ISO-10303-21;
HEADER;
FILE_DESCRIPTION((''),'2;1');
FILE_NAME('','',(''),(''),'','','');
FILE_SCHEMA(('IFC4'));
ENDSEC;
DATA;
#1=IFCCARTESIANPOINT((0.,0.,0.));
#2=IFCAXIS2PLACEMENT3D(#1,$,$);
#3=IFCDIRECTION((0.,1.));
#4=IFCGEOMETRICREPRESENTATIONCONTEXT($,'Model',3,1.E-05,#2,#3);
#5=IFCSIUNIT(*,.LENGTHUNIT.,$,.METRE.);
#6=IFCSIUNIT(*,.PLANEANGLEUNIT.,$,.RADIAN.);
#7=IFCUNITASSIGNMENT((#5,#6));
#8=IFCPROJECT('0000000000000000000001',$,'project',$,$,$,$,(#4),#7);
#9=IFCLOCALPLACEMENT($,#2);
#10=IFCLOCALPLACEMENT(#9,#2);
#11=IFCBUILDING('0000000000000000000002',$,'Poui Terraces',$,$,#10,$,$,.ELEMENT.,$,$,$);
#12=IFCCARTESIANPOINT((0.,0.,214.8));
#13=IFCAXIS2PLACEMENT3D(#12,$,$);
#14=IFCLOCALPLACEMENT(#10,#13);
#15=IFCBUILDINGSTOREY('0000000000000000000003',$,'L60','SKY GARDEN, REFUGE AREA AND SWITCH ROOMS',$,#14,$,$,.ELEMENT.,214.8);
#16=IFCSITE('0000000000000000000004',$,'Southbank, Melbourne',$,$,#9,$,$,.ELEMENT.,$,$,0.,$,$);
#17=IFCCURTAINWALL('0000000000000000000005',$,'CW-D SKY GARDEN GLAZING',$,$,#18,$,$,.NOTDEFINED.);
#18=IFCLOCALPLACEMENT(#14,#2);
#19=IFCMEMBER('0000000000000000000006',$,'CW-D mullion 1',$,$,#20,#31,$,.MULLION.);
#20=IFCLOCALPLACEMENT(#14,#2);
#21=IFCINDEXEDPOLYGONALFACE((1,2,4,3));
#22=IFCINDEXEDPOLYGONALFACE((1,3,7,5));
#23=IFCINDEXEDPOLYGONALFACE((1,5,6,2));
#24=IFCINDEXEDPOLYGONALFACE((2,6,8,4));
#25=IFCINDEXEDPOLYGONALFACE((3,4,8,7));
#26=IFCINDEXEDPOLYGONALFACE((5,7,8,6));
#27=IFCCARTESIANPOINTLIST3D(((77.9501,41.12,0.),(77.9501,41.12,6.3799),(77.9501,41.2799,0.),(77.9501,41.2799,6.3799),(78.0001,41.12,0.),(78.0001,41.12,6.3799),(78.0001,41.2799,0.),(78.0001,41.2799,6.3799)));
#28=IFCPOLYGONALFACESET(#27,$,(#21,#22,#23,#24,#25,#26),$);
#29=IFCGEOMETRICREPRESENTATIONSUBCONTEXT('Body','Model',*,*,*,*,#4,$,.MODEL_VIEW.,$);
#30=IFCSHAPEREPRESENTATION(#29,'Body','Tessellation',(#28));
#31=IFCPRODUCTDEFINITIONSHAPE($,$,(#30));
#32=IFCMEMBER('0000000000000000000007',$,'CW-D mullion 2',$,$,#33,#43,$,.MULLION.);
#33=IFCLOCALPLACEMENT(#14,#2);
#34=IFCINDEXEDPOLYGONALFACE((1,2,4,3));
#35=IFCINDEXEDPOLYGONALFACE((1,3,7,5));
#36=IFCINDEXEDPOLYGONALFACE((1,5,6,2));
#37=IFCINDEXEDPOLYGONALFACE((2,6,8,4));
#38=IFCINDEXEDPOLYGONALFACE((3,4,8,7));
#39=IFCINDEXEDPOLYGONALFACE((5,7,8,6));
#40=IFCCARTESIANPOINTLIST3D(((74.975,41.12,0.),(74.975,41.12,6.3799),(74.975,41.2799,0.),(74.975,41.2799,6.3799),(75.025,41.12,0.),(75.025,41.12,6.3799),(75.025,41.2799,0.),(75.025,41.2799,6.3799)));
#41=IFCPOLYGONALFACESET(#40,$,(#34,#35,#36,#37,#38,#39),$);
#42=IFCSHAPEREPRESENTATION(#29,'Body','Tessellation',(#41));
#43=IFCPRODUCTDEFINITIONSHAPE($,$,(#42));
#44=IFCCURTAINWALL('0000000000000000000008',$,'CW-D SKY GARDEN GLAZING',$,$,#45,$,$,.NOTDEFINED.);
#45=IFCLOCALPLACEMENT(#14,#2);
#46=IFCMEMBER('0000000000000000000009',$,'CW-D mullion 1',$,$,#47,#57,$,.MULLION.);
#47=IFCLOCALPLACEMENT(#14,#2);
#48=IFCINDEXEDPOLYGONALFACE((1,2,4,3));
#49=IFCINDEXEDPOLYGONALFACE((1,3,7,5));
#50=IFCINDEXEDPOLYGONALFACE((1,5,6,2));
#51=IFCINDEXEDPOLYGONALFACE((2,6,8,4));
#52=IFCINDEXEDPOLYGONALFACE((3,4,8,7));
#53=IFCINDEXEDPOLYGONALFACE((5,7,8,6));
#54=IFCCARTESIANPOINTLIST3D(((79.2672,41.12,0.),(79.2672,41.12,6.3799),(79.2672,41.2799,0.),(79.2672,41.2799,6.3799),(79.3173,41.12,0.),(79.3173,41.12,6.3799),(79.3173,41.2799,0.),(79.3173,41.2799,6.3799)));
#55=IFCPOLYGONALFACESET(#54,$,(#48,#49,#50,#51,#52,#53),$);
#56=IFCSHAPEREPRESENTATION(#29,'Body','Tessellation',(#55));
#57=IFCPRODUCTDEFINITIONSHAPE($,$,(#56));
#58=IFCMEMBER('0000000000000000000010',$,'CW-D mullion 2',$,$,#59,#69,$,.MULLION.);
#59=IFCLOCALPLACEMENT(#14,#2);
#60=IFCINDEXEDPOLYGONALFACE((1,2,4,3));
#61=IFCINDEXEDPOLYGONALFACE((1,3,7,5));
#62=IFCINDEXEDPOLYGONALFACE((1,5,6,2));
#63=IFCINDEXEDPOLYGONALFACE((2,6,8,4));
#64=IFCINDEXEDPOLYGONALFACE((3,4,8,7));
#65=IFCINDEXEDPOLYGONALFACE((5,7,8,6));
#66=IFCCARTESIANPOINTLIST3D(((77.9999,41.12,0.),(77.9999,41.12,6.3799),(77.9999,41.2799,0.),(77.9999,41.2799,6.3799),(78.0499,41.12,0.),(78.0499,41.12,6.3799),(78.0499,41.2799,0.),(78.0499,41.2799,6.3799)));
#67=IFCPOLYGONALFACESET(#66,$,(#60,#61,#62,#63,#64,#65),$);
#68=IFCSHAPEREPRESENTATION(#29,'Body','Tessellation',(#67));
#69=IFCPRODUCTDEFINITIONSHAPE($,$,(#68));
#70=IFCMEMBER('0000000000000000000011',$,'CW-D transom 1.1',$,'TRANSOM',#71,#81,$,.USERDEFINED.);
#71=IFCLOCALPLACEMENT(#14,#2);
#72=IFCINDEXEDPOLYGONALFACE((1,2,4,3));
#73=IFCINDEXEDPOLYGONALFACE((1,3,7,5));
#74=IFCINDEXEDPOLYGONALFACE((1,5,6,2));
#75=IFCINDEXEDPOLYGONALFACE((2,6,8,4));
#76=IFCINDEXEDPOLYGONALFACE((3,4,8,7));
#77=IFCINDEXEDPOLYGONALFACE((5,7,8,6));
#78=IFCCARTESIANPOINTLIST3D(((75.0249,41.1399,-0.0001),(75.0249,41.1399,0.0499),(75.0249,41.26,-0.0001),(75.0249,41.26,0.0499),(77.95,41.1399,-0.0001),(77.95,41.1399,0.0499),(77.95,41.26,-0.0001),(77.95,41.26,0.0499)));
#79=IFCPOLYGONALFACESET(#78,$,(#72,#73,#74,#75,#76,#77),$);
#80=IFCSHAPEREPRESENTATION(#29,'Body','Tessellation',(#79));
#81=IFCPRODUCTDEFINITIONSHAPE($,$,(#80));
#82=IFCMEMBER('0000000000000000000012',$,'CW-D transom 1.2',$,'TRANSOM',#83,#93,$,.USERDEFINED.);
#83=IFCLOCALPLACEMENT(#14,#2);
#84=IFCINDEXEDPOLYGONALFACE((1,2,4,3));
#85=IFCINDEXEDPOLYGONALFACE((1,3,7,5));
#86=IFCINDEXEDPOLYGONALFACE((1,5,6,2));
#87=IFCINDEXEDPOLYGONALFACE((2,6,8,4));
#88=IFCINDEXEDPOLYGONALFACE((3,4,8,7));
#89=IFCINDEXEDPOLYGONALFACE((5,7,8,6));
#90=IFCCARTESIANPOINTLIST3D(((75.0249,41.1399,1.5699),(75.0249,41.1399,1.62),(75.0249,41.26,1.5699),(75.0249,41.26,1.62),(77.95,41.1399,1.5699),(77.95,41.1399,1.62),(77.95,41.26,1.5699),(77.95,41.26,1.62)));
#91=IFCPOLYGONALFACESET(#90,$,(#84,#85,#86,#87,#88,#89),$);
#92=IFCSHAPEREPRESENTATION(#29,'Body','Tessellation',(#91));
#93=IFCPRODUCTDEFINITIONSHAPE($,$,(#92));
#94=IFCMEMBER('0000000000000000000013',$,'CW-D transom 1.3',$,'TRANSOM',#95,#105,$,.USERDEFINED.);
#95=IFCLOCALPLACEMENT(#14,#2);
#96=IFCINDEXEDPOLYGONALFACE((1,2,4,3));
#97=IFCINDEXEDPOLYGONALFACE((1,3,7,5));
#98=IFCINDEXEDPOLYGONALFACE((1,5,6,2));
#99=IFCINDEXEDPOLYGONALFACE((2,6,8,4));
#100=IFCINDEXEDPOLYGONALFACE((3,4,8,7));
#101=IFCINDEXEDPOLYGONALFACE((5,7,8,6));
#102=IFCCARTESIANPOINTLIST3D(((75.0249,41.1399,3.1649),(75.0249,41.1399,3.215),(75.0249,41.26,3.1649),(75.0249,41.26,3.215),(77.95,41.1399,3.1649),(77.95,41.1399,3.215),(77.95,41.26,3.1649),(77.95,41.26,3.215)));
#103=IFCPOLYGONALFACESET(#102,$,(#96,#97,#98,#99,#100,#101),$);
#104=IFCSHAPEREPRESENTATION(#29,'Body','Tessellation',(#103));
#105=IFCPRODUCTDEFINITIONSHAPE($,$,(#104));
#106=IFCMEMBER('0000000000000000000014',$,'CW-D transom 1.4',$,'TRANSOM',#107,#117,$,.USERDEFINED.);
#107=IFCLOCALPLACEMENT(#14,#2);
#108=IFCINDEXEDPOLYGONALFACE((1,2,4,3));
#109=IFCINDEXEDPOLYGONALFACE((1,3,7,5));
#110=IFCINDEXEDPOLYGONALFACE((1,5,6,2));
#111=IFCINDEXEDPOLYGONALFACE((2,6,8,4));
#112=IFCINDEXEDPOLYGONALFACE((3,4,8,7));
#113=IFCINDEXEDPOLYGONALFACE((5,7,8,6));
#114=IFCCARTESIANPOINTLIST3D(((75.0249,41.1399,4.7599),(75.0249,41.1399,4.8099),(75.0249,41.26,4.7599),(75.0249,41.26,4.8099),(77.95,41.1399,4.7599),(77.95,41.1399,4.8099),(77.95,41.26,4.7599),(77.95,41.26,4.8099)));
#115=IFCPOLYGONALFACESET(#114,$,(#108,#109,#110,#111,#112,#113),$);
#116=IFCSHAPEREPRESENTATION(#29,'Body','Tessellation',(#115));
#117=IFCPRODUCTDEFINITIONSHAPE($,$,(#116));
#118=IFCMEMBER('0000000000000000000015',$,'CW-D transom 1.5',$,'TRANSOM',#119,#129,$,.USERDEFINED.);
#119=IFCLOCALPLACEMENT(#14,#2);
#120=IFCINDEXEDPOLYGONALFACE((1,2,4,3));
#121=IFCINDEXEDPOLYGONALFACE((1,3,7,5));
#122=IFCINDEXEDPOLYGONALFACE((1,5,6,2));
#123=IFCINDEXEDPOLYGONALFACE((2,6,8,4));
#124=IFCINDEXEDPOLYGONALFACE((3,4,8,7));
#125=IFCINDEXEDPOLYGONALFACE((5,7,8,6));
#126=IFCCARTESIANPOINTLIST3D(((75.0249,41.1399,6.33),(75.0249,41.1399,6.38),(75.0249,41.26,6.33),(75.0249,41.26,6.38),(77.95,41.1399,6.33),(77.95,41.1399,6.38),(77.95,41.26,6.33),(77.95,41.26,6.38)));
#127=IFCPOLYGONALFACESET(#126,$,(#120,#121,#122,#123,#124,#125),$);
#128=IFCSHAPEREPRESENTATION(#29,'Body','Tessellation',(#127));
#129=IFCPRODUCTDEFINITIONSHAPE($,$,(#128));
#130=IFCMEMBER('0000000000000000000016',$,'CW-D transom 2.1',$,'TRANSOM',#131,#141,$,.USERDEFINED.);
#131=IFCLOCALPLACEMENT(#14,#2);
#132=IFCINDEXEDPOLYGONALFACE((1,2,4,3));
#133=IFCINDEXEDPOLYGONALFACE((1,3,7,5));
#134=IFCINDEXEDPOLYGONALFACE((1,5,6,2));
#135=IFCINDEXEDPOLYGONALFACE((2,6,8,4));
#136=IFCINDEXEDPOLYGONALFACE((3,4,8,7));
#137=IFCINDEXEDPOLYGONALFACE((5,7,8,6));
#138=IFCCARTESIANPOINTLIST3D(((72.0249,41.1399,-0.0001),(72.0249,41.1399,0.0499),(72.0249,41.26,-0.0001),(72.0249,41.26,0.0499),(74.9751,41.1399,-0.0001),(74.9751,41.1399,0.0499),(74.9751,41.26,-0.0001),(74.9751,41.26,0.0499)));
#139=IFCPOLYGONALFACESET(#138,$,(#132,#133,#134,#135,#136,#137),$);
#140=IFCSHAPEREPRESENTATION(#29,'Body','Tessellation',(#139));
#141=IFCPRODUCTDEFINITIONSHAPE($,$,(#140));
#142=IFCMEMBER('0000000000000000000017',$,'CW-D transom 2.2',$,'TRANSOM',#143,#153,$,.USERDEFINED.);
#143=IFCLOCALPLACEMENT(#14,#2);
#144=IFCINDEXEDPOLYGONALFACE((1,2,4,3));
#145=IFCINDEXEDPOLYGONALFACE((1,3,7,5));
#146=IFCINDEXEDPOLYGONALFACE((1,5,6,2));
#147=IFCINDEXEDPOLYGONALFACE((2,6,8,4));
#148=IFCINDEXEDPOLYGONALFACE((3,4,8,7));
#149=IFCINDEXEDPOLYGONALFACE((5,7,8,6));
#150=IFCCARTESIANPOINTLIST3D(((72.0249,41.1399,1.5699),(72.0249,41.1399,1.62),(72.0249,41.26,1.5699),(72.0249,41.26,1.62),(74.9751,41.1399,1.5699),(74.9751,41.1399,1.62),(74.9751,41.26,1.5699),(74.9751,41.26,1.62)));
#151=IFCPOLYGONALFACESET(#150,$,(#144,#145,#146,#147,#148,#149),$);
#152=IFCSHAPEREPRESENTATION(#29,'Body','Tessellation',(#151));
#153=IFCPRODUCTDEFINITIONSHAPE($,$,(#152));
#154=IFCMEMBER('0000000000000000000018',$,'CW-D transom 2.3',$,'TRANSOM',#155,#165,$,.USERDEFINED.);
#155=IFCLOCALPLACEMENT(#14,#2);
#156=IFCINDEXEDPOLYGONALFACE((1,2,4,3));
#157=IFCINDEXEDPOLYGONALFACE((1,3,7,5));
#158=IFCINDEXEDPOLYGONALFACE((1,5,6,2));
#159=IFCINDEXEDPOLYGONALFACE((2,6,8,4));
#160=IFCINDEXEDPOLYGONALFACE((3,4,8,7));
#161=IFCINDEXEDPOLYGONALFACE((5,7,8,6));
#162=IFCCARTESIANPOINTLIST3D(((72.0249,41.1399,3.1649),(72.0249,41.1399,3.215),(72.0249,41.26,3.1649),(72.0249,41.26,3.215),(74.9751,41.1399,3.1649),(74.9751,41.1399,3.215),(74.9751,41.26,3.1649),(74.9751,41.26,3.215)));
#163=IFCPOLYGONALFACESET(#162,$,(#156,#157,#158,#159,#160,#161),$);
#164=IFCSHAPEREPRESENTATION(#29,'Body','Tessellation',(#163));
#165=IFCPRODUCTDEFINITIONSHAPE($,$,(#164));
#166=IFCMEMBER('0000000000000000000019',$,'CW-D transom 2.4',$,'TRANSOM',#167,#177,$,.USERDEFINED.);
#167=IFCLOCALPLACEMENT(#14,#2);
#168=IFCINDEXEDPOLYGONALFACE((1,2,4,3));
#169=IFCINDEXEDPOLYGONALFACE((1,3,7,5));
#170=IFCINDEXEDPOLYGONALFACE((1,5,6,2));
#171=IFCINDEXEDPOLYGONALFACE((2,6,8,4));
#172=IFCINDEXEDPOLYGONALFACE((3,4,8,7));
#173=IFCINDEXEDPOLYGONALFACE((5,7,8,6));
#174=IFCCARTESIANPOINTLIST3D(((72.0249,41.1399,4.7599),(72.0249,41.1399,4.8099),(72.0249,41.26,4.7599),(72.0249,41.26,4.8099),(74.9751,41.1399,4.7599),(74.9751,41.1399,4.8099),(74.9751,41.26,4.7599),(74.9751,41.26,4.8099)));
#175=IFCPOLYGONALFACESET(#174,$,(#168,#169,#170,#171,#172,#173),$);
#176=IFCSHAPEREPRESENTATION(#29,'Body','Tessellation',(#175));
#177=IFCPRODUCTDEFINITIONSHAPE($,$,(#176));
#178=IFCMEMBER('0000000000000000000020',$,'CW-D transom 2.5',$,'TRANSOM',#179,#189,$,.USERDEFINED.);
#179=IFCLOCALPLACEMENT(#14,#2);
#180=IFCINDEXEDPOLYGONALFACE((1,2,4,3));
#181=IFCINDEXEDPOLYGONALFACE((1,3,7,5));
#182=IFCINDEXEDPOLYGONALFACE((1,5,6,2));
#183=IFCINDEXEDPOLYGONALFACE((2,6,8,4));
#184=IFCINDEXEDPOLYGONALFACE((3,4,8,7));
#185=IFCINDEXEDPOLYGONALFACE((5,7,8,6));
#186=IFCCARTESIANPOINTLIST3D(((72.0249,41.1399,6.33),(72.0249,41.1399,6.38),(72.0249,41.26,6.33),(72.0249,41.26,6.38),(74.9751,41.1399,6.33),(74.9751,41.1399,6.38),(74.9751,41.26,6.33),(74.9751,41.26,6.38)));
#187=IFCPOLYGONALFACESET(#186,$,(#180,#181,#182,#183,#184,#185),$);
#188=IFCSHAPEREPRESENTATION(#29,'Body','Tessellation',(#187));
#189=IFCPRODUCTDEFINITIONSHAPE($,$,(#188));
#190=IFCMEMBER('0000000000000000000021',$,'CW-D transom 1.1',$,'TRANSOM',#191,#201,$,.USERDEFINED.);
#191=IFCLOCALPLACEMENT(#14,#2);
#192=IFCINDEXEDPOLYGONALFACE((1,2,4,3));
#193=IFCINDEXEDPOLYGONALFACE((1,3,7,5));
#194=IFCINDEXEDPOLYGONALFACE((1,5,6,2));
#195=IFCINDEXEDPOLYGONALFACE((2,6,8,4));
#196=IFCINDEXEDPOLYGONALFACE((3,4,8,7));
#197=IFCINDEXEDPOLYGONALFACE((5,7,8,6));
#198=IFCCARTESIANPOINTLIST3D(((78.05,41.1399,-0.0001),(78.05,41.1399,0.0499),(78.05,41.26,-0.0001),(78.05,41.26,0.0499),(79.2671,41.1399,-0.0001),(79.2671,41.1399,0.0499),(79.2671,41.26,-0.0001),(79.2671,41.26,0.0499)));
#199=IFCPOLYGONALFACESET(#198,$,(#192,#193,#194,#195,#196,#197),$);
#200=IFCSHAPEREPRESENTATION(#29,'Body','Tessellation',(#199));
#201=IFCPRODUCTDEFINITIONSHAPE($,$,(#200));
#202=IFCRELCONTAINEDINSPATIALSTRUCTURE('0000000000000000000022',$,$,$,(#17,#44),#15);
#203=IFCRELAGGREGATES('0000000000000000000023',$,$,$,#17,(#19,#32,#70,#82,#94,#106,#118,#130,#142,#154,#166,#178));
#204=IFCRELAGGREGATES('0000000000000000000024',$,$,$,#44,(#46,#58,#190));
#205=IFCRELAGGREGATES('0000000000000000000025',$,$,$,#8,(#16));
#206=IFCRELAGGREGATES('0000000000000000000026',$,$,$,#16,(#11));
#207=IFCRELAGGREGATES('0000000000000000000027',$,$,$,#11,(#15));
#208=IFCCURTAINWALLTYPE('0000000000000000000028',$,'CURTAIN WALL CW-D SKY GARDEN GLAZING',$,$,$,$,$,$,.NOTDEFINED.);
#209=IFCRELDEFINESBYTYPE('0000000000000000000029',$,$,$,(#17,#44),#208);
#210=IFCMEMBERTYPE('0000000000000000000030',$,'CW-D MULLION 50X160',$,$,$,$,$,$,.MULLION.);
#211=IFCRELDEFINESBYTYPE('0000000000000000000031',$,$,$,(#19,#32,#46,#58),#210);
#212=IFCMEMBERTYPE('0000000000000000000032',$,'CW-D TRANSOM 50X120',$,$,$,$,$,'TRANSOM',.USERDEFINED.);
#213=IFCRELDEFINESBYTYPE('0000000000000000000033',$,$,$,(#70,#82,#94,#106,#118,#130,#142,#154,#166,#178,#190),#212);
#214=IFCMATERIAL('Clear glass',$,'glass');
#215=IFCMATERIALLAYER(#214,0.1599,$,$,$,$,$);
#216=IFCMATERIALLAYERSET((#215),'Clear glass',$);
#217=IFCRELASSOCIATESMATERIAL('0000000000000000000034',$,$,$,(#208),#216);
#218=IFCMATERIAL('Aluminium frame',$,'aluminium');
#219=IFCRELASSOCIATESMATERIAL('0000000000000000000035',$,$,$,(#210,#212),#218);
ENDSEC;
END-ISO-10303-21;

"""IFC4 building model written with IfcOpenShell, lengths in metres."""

from ifc_helpers import new_model, si_unit, direction, frame, origin, origin_2d, place, context, subcontext, project, spatial, rectangle, extrude, material, layer, layer_set, material_profile, profile_set, type_object, element, aggregate, save


model = new_model("IFC4")

# Units and contexts
model_context = context("Model", 3, precision=1e-05, world=origin(), true_north=direction((0.0, 1.0)))
body_context = subcontext(model_context, "Body", "Model", "MODEL_VIEW")
ifc_project = project(units=[si_unit("LENGTHUNIT", "METRE"), si_unit("PLANEANGLEUNIT", "RADIAN")], contexts=[model_context])

# Site, building, storey
site_placement = place(None, origin())
site = spatial("IfcSite", under=ifc_project, at=site_placement, Name="Southbank, Melbourne", CompositionType="ELEMENT", RefElevation=0.0)
building_placement = place(site_placement, origin())
building = spatial("IfcBuilding", under=site, at=building_placement, Name="Poui Terraces", CompositionType="ELEMENT")
storey_placement = place(building_placement, frame((0.0, 0.0, 214.8)))
storey = spatial("IfcBuildingStorey", under=building, at=storey_placement, Name="L60", Description="SKY GARDEN, REFUGE AREA AND SWITCH ROOMS", CompositionType="ELEMENT", Elevation=214.8)

# Curtain walls, members
ifc_material_1 = material(Name="Clear glass", Category="glass")
ifc_layer_1 = layer(ifc_material_1, 0.1599)
ifc_layer_set_1 = layer_set([ifc_layer_1], Name="Clear glass")
curtain_wall_type = type_object("IfcCurtainWallType", Name="CURTAIN WALL CW-D SKY GARDEN GLAZING", PredefinedType="NOTDEFINED", material=ifc_layer_set_1)
curtain_wall_1_placement = place(storey_placement, origin())
curtain_wall_1 = element("IfcCurtainWall", 1, at=curtain_wall_1_placement, inside=storey, type_object=curtain_wall_type, Name="CW-D SKY GARDEN GLAZING", PredefinedType="NOTDEFINED")
ifc_material_2 = material(Name="Aluminium frame", Category="aluminium")
ifc_material_profile_1 = material_profile(ifc_material_2, rectangle(XDim=0.1599, YDim=0.05, at=origin_2d()), Name="CW-D MULLION 50X160")
ifc_profile_set_1 = profile_set([ifc_material_profile_1], Name="Aluminium frame")
member_type_1 = type_object("IfcMemberType", Name="CW-D MULLION 50X160", PredefinedType="MULLION", material=ifc_profile_set_1)
member_1_placement = place(storey_placement, frame((77.9751, 41.2, 0.0), z_axis=(0.0, 0.0, 1.0), x_axis=(0.0, -1.0, 0.0)))
member_1 = element("IfcMember", 2, at=member_1_placement, type_object=member_type_1, Name="CW-D mullion 1", PredefinedType="MULLION", context=body_context, shape_type="SweptSolid", body=[
    extrude(rectangle(XDim=0.1599, YDim=0.05, at=origin_2d()), origin(), (0.0, 0.0, 1.0), 6.3799),
])
member_2_placement = place(storey_placement, frame((75.0, 41.2, 0.0), z_axis=(0.0, 0.0, 1.0), x_axis=(0.0, -1.0, 0.0)))
member_2 = element("IfcMember", 3, at=member_2_placement, type_object=member_type_1, Name="CW-D mullion 2", PredefinedType="MULLION", context=body_context, shape_type="SweptSolid", body=[
    extrude(rectangle(XDim=0.1599, YDim=0.05, at=origin_2d()), origin(), (0.0, 0.0, 1.0), 6.3799),
])
curtain_wall_2_placement = place(storey_placement, origin())
curtain_wall_2 = element("IfcCurtainWall", 4, at=curtain_wall_2_placement, inside=storey, type_object=curtain_wall_type, Name="CW-D SKY GARDEN GLAZING", PredefinedType="NOTDEFINED")
member_3_placement = place(storey_placement, frame((79.2922, 41.2, 0.0), z_axis=(0.0, 0.0, 1.0), x_axis=(0.0, -1.0, 0.0)))
member_3 = element("IfcMember", 5, at=member_3_placement, type_object=member_type_1, Name="CW-D mullion 1", PredefinedType="MULLION", context=body_context, shape_type="SweptSolid", body=[
    extrude(rectangle(XDim=0.1599, YDim=0.05, at=origin_2d()), origin(), (0.0, 0.0, 1.0), 6.3799),
])
member_4_placement = place(storey_placement, frame((78.0249, 41.2, 0.0), z_axis=(0.0, 0.0, 1.0), x_axis=(0.0, -1.0, 0.0)))
member_4 = element("IfcMember", 6, at=member_4_placement, type_object=member_type_1, Name="CW-D mullion 2", PredefinedType="MULLION", context=body_context, shape_type="SweptSolid", body=[
    extrude(rectangle(XDim=0.1599, YDim=0.05, at=origin_2d()), origin(), (0.0, 0.0, 1.0), 6.3799),
])

# Members
ifc_material_profile_2 = material_profile(ifc_material_2, rectangle(XDim=0.1201, YDim=0.05, at=origin_2d()), Name="CW-D TRANSOM 50X120")
ifc_profile_set_2 = profile_set([ifc_material_profile_2], Name="Aluminium frame")
member_type_2 = type_object("IfcMemberType", Name="CW-D TRANSOM 50X120", ElementType="TRANSOM", PredefinedType="USERDEFINED", material=ifc_profile_set_2)
member_5_placement = place(storey_placement, frame((77.95, 41.2, 0.0249), z_axis=(-1.0, 0.0, 0.0), x_axis=(0.0, -1.0, 0.0)))
member_5 = element("IfcMember", 7, at=member_5_placement, type_object=member_type_2, Name="CW-D transom 1.1", ObjectType="TRANSOM", PredefinedType="USERDEFINED", context=body_context, shape_type="SweptSolid", body=[
    extrude(rectangle(XDim=0.1201, YDim=0.05, at=origin_2d()), origin(), (0.0, 0.0, 1.0), 2.925),
])
member_6_placement = place(storey_placement, frame((77.95, 41.2, 1.595), z_axis=(-1.0, 0.0, 0.0), x_axis=(0.0, -1.0, 0.0)))
member_6 = element("IfcMember", 8, at=member_6_placement, type_object=member_type_2, Name="CW-D transom 1.2", ObjectType="TRANSOM", PredefinedType="USERDEFINED", context=body_context, shape_type="SweptSolid", body=[
    extrude(rectangle(XDim=0.1201, YDim=0.05, at=origin_2d()), origin(), (0.0, 0.0, 1.0), 2.925),
])
member_7_placement = place(storey_placement, frame((77.95, 41.2, 3.1899), z_axis=(-1.0, 0.0, 0.0), x_axis=(0.0, -1.0, 0.0)))
member_7 = element("IfcMember", 9, at=member_7_placement, type_object=member_type_2, Name="CW-D transom 1.3", ObjectType="TRANSOM", PredefinedType="USERDEFINED", context=body_context, shape_type="SweptSolid", body=[
    extrude(rectangle(XDim=0.1201, YDim=0.05, at=origin_2d()), origin(), (0.0, 0.0, 1.0), 2.925),
])
member_8_placement = place(storey_placement, frame((77.95, 41.2, 4.7849), z_axis=(-1.0, 0.0, 0.0), x_axis=(0.0, -1.0, 0.0)))
member_8 = element("IfcMember", 10, at=member_8_placement, type_object=member_type_2, Name="CW-D transom 1.4", ObjectType="TRANSOM", PredefinedType="USERDEFINED", context=body_context, shape_type="SweptSolid", body=[
    extrude(rectangle(XDim=0.1201, YDim=0.05, at=origin_2d()), origin(), (0.0, 0.0, 1.0), 2.925),
])
member_9_placement = place(storey_placement, frame((77.95, 41.2, 6.355), z_axis=(-1.0, 0.0, 0.0), x_axis=(0.0, -1.0, 0.0)))
member_9 = element("IfcMember", 11, at=member_9_placement, type_object=member_type_2, Name="CW-D transom 1.5", ObjectType="TRANSOM", PredefinedType="USERDEFINED", context=body_context, shape_type="SweptSolid", body=[
    extrude(rectangle(XDim=0.1201, YDim=0.05, at=origin_2d()), origin(), (0.0, 0.0, 1.0), 2.925),
])
member_10_placement = place(storey_placement, frame((74.9751, 41.2, 0.0249), z_axis=(-1.0, 0.0, 0.0), x_axis=(0.0, -1.0, 0.0)))
member_10 = element("IfcMember", 12, at=member_10_placement, type_object=member_type_2, Name="CW-D transom 2.1", ObjectType="TRANSOM", PredefinedType="USERDEFINED", context=body_context, shape_type="SweptSolid", body=[
    extrude(rectangle(XDim=0.1201, YDim=0.05, at=origin_2d()), origin(), (0.0, 0.0, 1.0), 2.9502),
])
member_11_placement = place(storey_placement, frame((74.9751, 41.2, 1.595), z_axis=(-1.0, 0.0, 0.0), x_axis=(0.0, -1.0, 0.0)))
member_11 = element("IfcMember", 13, at=member_11_placement, type_object=member_type_2, Name="CW-D transom 2.2", ObjectType="TRANSOM", PredefinedType="USERDEFINED", context=body_context, shape_type="SweptSolid", body=[
    extrude(rectangle(XDim=0.1201, YDim=0.05, at=origin_2d()), origin(), (0.0, 0.0, 1.0), 2.9502),
])
member_12_placement = place(storey_placement, frame((74.9751, 41.2, 3.1899), z_axis=(-1.0, 0.0, 0.0), x_axis=(0.0, -1.0, 0.0)))
member_12 = element("IfcMember", 14, at=member_12_placement, type_object=member_type_2, Name="CW-D transom 2.3", ObjectType="TRANSOM", PredefinedType="USERDEFINED", context=body_context, shape_type="SweptSolid", body=[
    extrude(rectangle(XDim=0.1201, YDim=0.05, at=origin_2d()), origin(), (0.0, 0.0, 1.0), 2.9502),
])
member_13_placement = place(storey_placement, frame((74.9751, 41.2, 4.7849), z_axis=(-1.0, 0.0, 0.0), x_axis=(0.0, -1.0, 0.0)))
member_13 = element("IfcMember", 15, at=member_13_placement, type_object=member_type_2, Name="CW-D transom 2.4", ObjectType="TRANSOM", PredefinedType="USERDEFINED", context=body_context, shape_type="SweptSolid", body=[
    extrude(rectangle(XDim=0.1201, YDim=0.05, at=origin_2d()), origin(), (0.0, 0.0, 1.0), 2.9502),
])
member_14_placement = place(storey_placement, frame((74.9751, 41.2, 6.355), z_axis=(-1.0, 0.0, 0.0), x_axis=(0.0, -1.0, 0.0)))
member_14 = element("IfcMember", 16, at=member_14_placement, type_object=member_type_2, Name="CW-D transom 2.5", ObjectType="TRANSOM", PredefinedType="USERDEFINED", context=body_context, shape_type="SweptSolid", body=[
    extrude(rectangle(XDim=0.1201, YDim=0.05, at=origin_2d()), origin(), (0.0, 0.0, 1.0), 2.9502),
])
member_15_placement = place(storey_placement, frame((79.2671, 41.2, 0.0249), z_axis=(-1.0, 0.0, 0.0), x_axis=(0.0, -1.0, 0.0)))
member_15 = element("IfcMember", 17, at=member_15_placement, type_object=member_type_2, Name="CW-D transom 1.1", ObjectType="TRANSOM", PredefinedType="USERDEFINED", context=body_context, shape_type="SweptSolid", body=[
    extrude(rectangle(XDim=0.1201, YDim=0.05, at=origin_2d()), origin(), (0.0, 0.0, 1.0), 1.217),
])

aggregate(curtain_wall_1, [member_1, member_2, member_5, member_6, member_7, member_8, member_9, member_10, member_11, member_12, member_13, member_14])
aggregate(curtain_wall_2, [member_3, member_4, member_15])

save(model, "model.ifc")
